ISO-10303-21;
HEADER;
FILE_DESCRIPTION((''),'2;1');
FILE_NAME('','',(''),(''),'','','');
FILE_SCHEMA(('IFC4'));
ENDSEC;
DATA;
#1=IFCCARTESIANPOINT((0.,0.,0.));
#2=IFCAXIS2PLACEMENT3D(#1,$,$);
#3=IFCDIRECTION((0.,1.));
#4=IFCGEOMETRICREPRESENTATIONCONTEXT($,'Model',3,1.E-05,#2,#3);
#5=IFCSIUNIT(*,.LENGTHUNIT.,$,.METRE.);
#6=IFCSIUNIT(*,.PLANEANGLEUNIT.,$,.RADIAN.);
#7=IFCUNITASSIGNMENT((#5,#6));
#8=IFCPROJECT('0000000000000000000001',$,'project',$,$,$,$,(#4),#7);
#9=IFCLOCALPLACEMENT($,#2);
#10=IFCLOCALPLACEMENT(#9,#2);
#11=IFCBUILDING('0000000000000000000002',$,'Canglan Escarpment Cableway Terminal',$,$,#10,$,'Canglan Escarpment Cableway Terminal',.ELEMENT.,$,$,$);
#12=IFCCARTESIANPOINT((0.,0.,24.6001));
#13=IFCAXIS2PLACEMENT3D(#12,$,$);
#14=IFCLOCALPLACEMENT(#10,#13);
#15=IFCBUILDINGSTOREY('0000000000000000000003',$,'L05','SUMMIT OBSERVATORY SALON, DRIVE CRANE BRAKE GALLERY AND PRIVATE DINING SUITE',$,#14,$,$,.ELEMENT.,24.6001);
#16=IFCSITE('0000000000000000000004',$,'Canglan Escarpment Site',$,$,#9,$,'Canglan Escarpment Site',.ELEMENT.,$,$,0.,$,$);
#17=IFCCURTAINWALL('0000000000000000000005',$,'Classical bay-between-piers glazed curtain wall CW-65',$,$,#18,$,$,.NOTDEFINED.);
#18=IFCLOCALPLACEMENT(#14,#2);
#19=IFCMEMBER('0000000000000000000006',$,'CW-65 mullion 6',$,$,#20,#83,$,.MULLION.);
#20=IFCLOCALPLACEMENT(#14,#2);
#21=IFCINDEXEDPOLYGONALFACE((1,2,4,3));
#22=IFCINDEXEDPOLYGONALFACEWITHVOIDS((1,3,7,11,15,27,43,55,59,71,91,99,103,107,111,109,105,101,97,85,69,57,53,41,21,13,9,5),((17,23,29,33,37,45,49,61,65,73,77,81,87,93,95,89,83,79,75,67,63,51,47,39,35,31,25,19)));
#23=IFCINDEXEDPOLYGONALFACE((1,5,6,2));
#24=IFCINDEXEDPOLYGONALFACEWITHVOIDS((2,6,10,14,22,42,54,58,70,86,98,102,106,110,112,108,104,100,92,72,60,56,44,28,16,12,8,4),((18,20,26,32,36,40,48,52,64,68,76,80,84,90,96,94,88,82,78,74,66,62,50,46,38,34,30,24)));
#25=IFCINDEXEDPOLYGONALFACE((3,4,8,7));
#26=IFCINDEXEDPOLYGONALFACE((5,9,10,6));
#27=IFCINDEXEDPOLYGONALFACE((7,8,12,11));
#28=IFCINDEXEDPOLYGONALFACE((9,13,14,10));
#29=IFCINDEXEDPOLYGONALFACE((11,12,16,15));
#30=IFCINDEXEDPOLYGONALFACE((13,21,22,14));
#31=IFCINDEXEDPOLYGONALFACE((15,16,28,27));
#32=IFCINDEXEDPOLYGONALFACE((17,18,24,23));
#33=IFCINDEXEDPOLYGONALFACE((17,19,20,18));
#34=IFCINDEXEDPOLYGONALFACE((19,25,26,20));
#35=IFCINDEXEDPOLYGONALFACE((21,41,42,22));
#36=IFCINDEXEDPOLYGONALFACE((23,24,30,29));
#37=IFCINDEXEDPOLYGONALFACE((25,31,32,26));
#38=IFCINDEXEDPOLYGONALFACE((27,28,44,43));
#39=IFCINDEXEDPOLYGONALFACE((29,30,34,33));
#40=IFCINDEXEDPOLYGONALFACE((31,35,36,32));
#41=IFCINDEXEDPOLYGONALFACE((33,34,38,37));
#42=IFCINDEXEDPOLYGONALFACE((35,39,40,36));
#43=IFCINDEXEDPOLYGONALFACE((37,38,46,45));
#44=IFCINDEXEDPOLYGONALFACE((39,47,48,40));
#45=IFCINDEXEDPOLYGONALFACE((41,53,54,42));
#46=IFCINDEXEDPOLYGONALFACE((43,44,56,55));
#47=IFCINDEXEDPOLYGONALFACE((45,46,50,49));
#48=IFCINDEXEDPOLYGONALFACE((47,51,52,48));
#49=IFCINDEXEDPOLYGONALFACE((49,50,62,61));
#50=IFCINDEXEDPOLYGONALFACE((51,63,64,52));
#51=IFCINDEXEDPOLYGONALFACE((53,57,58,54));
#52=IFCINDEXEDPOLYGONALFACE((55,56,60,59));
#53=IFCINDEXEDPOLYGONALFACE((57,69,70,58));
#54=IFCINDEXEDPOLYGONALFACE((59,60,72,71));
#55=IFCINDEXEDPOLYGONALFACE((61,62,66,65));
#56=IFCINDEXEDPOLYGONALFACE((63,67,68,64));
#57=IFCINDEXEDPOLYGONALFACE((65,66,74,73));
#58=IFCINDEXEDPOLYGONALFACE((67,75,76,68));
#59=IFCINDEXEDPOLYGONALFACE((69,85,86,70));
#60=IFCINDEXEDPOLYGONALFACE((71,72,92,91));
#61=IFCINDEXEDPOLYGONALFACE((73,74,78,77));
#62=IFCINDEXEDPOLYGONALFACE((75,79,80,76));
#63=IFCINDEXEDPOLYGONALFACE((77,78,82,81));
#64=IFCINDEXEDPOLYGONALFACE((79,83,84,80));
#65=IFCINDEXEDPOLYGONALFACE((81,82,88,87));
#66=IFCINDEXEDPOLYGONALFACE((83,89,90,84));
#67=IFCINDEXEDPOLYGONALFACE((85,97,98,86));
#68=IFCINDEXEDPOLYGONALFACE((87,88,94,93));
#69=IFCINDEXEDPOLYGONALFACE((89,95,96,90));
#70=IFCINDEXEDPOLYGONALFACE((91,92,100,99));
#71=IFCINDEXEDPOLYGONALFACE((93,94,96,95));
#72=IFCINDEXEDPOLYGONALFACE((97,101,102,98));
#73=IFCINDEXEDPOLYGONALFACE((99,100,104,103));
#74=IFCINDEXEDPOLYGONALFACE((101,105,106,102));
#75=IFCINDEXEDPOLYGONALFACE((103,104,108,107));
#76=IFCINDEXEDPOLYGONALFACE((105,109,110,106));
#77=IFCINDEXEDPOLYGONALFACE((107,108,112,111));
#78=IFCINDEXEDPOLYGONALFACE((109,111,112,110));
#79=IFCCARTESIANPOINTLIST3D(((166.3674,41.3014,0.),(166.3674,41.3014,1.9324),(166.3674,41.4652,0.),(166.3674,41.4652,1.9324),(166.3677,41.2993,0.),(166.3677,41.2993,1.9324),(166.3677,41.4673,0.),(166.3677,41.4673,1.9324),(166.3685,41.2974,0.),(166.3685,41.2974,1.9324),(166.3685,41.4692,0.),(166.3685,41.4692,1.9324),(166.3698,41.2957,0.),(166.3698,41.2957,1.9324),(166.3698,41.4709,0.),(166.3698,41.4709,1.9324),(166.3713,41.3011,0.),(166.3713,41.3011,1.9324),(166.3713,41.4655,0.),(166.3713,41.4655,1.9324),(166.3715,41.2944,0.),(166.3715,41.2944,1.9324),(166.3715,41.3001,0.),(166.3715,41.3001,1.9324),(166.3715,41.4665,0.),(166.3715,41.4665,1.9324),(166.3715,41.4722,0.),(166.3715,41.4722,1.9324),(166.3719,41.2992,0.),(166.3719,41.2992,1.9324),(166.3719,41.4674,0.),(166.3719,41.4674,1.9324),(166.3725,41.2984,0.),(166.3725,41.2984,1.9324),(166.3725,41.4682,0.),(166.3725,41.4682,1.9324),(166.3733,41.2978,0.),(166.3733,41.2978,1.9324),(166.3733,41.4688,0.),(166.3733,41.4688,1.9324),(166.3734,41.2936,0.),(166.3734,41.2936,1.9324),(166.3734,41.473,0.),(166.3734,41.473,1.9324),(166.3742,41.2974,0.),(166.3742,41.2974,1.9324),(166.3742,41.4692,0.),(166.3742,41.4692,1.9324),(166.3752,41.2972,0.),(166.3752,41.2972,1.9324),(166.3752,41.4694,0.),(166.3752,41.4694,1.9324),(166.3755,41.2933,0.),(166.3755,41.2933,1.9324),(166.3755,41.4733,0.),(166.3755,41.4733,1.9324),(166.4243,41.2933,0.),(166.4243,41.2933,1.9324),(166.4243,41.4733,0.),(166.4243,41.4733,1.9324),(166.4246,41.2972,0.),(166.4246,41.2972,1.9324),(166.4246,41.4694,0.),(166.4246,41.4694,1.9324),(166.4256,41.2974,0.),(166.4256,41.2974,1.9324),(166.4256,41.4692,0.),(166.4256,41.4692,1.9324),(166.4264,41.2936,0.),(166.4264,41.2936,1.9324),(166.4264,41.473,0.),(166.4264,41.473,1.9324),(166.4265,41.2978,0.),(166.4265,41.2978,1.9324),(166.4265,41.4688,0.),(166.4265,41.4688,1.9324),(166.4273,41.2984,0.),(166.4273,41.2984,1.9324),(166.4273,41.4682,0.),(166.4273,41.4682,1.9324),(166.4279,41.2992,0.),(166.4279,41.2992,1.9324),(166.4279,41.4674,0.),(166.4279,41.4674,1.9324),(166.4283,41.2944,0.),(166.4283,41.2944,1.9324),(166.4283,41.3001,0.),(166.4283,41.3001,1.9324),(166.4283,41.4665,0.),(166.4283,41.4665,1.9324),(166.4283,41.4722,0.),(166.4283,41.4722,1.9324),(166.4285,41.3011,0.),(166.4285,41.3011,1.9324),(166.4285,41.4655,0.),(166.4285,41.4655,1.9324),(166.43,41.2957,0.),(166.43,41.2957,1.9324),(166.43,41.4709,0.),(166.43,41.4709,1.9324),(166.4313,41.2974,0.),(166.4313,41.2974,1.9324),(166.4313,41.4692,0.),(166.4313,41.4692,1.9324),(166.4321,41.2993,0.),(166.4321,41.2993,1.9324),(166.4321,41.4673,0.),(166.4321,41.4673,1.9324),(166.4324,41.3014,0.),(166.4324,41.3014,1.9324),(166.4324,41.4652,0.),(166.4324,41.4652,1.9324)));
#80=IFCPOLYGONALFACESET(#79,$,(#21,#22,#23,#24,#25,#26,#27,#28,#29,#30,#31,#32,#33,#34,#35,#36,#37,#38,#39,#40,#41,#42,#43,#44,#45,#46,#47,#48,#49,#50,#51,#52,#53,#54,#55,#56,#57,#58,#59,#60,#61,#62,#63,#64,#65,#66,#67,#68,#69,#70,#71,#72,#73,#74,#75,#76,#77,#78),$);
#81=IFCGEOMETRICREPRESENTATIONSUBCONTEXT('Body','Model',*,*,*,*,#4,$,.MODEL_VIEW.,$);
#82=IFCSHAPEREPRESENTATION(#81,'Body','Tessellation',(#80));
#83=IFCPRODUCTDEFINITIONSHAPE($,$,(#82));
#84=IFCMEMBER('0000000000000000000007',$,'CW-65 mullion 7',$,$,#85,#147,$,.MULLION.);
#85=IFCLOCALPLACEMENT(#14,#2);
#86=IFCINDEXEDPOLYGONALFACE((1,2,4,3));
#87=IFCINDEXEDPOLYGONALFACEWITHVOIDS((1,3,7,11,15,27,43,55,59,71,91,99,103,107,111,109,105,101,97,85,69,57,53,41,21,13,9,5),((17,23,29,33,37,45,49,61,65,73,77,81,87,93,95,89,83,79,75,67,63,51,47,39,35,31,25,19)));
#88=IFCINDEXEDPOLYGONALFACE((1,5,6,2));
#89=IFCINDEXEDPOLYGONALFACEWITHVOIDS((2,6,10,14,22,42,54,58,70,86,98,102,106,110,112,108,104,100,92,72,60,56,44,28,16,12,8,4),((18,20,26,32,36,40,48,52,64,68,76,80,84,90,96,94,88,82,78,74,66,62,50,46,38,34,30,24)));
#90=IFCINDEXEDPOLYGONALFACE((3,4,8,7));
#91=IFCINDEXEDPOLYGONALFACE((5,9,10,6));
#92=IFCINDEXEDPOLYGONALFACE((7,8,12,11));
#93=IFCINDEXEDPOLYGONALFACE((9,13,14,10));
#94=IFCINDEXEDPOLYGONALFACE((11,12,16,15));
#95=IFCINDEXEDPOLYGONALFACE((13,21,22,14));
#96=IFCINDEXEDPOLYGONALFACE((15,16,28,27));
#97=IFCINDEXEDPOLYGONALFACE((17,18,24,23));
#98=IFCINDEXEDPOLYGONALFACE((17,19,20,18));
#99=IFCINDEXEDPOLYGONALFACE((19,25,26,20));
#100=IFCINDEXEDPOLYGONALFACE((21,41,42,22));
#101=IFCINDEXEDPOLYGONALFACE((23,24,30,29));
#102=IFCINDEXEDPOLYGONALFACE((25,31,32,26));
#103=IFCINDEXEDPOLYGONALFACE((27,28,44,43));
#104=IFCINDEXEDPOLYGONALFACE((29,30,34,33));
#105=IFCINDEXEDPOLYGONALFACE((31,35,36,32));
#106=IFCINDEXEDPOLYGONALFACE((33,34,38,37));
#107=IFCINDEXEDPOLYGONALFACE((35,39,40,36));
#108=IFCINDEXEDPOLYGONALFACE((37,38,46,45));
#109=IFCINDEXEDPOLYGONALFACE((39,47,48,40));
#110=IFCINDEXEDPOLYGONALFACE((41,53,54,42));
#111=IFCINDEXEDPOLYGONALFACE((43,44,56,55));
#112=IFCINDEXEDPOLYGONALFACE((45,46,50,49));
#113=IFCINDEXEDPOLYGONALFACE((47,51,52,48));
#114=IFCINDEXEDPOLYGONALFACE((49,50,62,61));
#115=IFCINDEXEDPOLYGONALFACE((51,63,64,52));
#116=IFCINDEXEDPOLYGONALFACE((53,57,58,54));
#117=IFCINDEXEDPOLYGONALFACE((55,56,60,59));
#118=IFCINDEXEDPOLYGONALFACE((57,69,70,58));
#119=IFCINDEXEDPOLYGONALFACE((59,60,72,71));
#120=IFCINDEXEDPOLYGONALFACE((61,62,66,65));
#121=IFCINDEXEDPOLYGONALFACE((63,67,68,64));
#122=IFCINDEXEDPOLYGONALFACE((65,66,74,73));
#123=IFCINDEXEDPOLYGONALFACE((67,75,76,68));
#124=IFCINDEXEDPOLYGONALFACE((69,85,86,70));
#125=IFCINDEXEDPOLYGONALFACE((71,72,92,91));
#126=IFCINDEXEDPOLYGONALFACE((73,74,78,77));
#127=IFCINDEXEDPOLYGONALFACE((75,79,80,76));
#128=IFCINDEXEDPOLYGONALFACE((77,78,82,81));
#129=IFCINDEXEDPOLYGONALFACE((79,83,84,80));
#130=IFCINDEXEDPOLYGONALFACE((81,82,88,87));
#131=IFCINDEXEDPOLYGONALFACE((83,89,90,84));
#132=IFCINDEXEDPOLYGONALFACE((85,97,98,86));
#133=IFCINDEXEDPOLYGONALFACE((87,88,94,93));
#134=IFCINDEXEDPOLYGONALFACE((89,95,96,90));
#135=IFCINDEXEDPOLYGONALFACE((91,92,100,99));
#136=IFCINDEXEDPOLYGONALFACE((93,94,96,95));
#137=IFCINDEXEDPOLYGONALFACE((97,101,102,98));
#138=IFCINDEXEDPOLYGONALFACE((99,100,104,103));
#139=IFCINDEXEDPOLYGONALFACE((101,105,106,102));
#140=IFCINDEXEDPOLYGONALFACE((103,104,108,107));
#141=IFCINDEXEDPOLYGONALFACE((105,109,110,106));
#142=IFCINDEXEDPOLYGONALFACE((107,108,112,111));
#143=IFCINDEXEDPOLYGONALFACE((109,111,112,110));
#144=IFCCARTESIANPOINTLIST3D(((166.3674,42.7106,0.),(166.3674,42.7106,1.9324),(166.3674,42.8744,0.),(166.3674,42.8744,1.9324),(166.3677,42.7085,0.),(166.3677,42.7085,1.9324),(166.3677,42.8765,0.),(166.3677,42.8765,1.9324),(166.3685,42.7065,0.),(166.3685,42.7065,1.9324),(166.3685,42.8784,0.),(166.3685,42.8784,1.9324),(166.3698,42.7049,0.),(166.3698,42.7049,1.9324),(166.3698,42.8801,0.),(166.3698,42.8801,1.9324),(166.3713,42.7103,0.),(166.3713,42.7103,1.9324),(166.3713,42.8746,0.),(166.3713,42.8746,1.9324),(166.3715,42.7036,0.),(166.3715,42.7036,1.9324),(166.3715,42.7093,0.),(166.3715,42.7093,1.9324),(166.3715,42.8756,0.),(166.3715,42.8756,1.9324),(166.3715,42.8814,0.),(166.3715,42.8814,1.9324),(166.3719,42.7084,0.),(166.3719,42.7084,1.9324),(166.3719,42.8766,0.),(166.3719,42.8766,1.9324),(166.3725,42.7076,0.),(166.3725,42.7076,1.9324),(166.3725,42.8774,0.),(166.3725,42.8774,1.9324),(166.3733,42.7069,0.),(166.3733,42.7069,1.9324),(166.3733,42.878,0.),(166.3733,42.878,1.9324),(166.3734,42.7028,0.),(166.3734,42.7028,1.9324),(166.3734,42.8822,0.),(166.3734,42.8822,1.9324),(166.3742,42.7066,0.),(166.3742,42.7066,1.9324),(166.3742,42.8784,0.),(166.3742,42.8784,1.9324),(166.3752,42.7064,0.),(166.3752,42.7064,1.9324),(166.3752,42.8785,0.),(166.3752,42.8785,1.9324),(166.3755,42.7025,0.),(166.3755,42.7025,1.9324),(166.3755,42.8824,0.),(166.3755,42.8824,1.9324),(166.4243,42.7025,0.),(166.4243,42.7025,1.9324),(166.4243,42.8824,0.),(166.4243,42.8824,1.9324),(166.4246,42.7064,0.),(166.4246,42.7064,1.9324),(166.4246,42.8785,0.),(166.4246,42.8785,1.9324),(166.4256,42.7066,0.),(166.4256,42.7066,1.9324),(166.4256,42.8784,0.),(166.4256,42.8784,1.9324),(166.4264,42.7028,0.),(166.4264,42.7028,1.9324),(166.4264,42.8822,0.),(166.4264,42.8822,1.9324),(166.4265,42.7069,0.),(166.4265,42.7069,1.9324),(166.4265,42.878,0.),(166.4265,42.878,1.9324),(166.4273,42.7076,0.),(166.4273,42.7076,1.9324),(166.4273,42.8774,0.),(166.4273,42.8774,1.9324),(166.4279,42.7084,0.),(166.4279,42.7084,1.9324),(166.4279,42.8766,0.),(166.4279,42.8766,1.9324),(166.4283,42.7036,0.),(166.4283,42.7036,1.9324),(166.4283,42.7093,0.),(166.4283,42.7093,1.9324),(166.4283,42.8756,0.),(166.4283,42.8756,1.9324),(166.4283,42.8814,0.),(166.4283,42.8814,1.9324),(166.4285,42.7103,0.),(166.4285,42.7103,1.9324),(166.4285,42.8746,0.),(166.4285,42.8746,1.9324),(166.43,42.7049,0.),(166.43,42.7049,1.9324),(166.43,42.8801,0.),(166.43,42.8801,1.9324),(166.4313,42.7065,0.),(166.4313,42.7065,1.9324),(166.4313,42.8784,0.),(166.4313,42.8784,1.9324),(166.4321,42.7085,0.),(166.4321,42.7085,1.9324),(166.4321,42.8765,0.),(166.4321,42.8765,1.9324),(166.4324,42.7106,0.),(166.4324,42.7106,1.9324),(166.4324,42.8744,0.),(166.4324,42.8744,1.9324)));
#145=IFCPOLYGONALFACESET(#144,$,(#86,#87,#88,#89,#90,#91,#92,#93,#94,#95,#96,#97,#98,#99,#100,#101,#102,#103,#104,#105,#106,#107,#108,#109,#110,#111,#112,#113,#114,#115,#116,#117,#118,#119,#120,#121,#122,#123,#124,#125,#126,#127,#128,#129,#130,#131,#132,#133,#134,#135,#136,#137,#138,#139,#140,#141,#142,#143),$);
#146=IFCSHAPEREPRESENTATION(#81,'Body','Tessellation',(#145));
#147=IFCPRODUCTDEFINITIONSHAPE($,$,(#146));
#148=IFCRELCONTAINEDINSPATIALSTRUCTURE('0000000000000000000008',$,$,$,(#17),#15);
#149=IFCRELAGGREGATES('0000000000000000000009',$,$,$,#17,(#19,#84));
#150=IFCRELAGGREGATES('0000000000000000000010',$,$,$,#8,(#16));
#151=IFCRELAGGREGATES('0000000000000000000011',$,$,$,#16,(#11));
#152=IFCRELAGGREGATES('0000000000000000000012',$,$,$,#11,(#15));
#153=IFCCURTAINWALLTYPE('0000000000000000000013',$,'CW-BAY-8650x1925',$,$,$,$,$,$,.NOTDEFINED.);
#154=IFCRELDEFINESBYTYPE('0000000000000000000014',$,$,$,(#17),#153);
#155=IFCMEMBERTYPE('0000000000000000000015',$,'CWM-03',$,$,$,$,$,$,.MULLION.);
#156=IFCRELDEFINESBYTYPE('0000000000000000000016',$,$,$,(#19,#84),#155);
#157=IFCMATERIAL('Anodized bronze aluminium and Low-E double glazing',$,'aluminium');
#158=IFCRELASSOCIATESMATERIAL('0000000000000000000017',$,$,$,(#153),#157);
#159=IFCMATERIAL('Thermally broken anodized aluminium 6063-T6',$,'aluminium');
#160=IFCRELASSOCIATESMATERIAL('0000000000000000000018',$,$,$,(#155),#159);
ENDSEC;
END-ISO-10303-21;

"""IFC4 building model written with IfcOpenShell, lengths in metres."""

from ifc_helpers import new_model, si_unit, direction, frame, origin, origin_2d, place, context, subcontext, project, spatial, hollow_rectangle, extrude, material, material_profile, profile_set, type_object, element, aggregate, save


model = new_model("IFC4")

# Units and contexts
model_context = context("Model", 3, precision=1e-05, world=origin(), true_north=direction((0.0, 1.0)))
body_context = subcontext(model_context, "Body", "Model", "MODEL_VIEW")
ifc_project = project(units=[si_unit("LENGTHUNIT", "METRE"), si_unit("PLANEANGLEUNIT", "RADIAN")], contexts=[model_context])

# Site, building, storey
site_placement = place(None, origin())
site = spatial("IfcSite", under=ifc_project, at=site_placement, Name="Canglan Escarpment Site", LongName="Canglan Escarpment Site", CompositionType="ELEMENT", RefElevation=0.0)
building_placement = place(site_placement, origin())
building = spatial("IfcBuilding", under=site, at=building_placement, Name="Canglan Escarpment Cableway Terminal", LongName="Canglan Escarpment Cableway Terminal", CompositionType="ELEMENT")
storey_placement = place(building_placement, frame((0.0, 0.0, 24.6001)))
storey = spatial("IfcBuildingStorey", under=building, at=storey_placement, Name="L05", Description="SUMMIT OBSERVATORY SALON, DRIVE CRANE BRAKE GALLERY AND PRIVATE DINING SUITE", CompositionType="ELEMENT", Elevation=24.6001)

# Curtain wall, members
ifc_material_1 = material(Name="Anodized bronze aluminium and Low-E double glazing", Category="aluminium")
curtain_wall_type = type_object("IfcCurtainWallType", Name="CW-BAY-8650x1925", PredefinedType="NOTDEFINED", material=ifc_material_1)
curtain_wall_placement = place(storey_placement, origin())
curtain_wall = element("IfcCurtainWall", 1, at=curtain_wall_placement, inside=storey, type_object=curtain_wall_type, Name="Classical bay-between-piers glazed curtain wall CW-65", PredefinedType="NOTDEFINED")
ifc_material_2 = material(Name="Thermally broken anodized aluminium 6063-T6", Category="aluminium")
ifc_material_profile_1 = material_profile(ifc_material_2, hollow_rectangle(XDim=0.0649, YDim=0.1799, WallThickness=0.0039, InnerFilletRadius=0.0039, OuterFilletRadius=0.0081, at=origin_2d()), Name="ALU-MULL 65x180x4")
ifc_profile_set_1 = profile_set([ifc_material_profile_1], Name="Thermally broken anodized aluminium 6063-T6")
member_type_1 = type_object("IfcMemberType", Name="CWM-03", PredefinedType="MULLION", material=ifc_profile_set_1)
member_1_placement = place(storey_placement, frame((166.3999, 41.3833, 0.0), z_axis=(0.0, 0.0, 1.0), x_axis=(-1.0, 0.0, 0.0)))
member_1 = element("IfcMember", 2, at=member_1_placement, type_object=member_type_1, Name="CW-65 mullion 6", PredefinedType="MULLION", context=body_context, shape_type="SweptSolid", body=[
    extrude(hollow_rectangle(XDim=0.0649, YDim=0.1799, WallThickness=0.0039, InnerFilletRadius=0.0039, OuterFilletRadius=0.0081, at=origin_2d()), origin(), (0.0, 0.0, 1.0), 1.9324),
])
member_2_placement = place(storey_placement, frame((166.3999, 42.7925, 0.0), z_axis=(0.0, 0.0, 1.0), x_axis=(-1.0, 0.0, 0.0)))
member_2 = element("IfcMember", 3, at=member_2_placement, type_object=member_type_1, Name="CW-65 mullion 7", PredefinedType="MULLION", context=body_context, shape_type="SweptSolid", body=[
    extrude(hollow_rectangle(XDim=0.0649, YDim=0.1799, WallThickness=0.0039, InnerFilletRadius=0.0039, OuterFilletRadius=0.0081, at=origin_2d()), origin(), (0.0, 0.0, 1.0), 1.9324),
])
aggregate(curtain_wall, [member_1, member_2])

save(model, "model.ifc")
